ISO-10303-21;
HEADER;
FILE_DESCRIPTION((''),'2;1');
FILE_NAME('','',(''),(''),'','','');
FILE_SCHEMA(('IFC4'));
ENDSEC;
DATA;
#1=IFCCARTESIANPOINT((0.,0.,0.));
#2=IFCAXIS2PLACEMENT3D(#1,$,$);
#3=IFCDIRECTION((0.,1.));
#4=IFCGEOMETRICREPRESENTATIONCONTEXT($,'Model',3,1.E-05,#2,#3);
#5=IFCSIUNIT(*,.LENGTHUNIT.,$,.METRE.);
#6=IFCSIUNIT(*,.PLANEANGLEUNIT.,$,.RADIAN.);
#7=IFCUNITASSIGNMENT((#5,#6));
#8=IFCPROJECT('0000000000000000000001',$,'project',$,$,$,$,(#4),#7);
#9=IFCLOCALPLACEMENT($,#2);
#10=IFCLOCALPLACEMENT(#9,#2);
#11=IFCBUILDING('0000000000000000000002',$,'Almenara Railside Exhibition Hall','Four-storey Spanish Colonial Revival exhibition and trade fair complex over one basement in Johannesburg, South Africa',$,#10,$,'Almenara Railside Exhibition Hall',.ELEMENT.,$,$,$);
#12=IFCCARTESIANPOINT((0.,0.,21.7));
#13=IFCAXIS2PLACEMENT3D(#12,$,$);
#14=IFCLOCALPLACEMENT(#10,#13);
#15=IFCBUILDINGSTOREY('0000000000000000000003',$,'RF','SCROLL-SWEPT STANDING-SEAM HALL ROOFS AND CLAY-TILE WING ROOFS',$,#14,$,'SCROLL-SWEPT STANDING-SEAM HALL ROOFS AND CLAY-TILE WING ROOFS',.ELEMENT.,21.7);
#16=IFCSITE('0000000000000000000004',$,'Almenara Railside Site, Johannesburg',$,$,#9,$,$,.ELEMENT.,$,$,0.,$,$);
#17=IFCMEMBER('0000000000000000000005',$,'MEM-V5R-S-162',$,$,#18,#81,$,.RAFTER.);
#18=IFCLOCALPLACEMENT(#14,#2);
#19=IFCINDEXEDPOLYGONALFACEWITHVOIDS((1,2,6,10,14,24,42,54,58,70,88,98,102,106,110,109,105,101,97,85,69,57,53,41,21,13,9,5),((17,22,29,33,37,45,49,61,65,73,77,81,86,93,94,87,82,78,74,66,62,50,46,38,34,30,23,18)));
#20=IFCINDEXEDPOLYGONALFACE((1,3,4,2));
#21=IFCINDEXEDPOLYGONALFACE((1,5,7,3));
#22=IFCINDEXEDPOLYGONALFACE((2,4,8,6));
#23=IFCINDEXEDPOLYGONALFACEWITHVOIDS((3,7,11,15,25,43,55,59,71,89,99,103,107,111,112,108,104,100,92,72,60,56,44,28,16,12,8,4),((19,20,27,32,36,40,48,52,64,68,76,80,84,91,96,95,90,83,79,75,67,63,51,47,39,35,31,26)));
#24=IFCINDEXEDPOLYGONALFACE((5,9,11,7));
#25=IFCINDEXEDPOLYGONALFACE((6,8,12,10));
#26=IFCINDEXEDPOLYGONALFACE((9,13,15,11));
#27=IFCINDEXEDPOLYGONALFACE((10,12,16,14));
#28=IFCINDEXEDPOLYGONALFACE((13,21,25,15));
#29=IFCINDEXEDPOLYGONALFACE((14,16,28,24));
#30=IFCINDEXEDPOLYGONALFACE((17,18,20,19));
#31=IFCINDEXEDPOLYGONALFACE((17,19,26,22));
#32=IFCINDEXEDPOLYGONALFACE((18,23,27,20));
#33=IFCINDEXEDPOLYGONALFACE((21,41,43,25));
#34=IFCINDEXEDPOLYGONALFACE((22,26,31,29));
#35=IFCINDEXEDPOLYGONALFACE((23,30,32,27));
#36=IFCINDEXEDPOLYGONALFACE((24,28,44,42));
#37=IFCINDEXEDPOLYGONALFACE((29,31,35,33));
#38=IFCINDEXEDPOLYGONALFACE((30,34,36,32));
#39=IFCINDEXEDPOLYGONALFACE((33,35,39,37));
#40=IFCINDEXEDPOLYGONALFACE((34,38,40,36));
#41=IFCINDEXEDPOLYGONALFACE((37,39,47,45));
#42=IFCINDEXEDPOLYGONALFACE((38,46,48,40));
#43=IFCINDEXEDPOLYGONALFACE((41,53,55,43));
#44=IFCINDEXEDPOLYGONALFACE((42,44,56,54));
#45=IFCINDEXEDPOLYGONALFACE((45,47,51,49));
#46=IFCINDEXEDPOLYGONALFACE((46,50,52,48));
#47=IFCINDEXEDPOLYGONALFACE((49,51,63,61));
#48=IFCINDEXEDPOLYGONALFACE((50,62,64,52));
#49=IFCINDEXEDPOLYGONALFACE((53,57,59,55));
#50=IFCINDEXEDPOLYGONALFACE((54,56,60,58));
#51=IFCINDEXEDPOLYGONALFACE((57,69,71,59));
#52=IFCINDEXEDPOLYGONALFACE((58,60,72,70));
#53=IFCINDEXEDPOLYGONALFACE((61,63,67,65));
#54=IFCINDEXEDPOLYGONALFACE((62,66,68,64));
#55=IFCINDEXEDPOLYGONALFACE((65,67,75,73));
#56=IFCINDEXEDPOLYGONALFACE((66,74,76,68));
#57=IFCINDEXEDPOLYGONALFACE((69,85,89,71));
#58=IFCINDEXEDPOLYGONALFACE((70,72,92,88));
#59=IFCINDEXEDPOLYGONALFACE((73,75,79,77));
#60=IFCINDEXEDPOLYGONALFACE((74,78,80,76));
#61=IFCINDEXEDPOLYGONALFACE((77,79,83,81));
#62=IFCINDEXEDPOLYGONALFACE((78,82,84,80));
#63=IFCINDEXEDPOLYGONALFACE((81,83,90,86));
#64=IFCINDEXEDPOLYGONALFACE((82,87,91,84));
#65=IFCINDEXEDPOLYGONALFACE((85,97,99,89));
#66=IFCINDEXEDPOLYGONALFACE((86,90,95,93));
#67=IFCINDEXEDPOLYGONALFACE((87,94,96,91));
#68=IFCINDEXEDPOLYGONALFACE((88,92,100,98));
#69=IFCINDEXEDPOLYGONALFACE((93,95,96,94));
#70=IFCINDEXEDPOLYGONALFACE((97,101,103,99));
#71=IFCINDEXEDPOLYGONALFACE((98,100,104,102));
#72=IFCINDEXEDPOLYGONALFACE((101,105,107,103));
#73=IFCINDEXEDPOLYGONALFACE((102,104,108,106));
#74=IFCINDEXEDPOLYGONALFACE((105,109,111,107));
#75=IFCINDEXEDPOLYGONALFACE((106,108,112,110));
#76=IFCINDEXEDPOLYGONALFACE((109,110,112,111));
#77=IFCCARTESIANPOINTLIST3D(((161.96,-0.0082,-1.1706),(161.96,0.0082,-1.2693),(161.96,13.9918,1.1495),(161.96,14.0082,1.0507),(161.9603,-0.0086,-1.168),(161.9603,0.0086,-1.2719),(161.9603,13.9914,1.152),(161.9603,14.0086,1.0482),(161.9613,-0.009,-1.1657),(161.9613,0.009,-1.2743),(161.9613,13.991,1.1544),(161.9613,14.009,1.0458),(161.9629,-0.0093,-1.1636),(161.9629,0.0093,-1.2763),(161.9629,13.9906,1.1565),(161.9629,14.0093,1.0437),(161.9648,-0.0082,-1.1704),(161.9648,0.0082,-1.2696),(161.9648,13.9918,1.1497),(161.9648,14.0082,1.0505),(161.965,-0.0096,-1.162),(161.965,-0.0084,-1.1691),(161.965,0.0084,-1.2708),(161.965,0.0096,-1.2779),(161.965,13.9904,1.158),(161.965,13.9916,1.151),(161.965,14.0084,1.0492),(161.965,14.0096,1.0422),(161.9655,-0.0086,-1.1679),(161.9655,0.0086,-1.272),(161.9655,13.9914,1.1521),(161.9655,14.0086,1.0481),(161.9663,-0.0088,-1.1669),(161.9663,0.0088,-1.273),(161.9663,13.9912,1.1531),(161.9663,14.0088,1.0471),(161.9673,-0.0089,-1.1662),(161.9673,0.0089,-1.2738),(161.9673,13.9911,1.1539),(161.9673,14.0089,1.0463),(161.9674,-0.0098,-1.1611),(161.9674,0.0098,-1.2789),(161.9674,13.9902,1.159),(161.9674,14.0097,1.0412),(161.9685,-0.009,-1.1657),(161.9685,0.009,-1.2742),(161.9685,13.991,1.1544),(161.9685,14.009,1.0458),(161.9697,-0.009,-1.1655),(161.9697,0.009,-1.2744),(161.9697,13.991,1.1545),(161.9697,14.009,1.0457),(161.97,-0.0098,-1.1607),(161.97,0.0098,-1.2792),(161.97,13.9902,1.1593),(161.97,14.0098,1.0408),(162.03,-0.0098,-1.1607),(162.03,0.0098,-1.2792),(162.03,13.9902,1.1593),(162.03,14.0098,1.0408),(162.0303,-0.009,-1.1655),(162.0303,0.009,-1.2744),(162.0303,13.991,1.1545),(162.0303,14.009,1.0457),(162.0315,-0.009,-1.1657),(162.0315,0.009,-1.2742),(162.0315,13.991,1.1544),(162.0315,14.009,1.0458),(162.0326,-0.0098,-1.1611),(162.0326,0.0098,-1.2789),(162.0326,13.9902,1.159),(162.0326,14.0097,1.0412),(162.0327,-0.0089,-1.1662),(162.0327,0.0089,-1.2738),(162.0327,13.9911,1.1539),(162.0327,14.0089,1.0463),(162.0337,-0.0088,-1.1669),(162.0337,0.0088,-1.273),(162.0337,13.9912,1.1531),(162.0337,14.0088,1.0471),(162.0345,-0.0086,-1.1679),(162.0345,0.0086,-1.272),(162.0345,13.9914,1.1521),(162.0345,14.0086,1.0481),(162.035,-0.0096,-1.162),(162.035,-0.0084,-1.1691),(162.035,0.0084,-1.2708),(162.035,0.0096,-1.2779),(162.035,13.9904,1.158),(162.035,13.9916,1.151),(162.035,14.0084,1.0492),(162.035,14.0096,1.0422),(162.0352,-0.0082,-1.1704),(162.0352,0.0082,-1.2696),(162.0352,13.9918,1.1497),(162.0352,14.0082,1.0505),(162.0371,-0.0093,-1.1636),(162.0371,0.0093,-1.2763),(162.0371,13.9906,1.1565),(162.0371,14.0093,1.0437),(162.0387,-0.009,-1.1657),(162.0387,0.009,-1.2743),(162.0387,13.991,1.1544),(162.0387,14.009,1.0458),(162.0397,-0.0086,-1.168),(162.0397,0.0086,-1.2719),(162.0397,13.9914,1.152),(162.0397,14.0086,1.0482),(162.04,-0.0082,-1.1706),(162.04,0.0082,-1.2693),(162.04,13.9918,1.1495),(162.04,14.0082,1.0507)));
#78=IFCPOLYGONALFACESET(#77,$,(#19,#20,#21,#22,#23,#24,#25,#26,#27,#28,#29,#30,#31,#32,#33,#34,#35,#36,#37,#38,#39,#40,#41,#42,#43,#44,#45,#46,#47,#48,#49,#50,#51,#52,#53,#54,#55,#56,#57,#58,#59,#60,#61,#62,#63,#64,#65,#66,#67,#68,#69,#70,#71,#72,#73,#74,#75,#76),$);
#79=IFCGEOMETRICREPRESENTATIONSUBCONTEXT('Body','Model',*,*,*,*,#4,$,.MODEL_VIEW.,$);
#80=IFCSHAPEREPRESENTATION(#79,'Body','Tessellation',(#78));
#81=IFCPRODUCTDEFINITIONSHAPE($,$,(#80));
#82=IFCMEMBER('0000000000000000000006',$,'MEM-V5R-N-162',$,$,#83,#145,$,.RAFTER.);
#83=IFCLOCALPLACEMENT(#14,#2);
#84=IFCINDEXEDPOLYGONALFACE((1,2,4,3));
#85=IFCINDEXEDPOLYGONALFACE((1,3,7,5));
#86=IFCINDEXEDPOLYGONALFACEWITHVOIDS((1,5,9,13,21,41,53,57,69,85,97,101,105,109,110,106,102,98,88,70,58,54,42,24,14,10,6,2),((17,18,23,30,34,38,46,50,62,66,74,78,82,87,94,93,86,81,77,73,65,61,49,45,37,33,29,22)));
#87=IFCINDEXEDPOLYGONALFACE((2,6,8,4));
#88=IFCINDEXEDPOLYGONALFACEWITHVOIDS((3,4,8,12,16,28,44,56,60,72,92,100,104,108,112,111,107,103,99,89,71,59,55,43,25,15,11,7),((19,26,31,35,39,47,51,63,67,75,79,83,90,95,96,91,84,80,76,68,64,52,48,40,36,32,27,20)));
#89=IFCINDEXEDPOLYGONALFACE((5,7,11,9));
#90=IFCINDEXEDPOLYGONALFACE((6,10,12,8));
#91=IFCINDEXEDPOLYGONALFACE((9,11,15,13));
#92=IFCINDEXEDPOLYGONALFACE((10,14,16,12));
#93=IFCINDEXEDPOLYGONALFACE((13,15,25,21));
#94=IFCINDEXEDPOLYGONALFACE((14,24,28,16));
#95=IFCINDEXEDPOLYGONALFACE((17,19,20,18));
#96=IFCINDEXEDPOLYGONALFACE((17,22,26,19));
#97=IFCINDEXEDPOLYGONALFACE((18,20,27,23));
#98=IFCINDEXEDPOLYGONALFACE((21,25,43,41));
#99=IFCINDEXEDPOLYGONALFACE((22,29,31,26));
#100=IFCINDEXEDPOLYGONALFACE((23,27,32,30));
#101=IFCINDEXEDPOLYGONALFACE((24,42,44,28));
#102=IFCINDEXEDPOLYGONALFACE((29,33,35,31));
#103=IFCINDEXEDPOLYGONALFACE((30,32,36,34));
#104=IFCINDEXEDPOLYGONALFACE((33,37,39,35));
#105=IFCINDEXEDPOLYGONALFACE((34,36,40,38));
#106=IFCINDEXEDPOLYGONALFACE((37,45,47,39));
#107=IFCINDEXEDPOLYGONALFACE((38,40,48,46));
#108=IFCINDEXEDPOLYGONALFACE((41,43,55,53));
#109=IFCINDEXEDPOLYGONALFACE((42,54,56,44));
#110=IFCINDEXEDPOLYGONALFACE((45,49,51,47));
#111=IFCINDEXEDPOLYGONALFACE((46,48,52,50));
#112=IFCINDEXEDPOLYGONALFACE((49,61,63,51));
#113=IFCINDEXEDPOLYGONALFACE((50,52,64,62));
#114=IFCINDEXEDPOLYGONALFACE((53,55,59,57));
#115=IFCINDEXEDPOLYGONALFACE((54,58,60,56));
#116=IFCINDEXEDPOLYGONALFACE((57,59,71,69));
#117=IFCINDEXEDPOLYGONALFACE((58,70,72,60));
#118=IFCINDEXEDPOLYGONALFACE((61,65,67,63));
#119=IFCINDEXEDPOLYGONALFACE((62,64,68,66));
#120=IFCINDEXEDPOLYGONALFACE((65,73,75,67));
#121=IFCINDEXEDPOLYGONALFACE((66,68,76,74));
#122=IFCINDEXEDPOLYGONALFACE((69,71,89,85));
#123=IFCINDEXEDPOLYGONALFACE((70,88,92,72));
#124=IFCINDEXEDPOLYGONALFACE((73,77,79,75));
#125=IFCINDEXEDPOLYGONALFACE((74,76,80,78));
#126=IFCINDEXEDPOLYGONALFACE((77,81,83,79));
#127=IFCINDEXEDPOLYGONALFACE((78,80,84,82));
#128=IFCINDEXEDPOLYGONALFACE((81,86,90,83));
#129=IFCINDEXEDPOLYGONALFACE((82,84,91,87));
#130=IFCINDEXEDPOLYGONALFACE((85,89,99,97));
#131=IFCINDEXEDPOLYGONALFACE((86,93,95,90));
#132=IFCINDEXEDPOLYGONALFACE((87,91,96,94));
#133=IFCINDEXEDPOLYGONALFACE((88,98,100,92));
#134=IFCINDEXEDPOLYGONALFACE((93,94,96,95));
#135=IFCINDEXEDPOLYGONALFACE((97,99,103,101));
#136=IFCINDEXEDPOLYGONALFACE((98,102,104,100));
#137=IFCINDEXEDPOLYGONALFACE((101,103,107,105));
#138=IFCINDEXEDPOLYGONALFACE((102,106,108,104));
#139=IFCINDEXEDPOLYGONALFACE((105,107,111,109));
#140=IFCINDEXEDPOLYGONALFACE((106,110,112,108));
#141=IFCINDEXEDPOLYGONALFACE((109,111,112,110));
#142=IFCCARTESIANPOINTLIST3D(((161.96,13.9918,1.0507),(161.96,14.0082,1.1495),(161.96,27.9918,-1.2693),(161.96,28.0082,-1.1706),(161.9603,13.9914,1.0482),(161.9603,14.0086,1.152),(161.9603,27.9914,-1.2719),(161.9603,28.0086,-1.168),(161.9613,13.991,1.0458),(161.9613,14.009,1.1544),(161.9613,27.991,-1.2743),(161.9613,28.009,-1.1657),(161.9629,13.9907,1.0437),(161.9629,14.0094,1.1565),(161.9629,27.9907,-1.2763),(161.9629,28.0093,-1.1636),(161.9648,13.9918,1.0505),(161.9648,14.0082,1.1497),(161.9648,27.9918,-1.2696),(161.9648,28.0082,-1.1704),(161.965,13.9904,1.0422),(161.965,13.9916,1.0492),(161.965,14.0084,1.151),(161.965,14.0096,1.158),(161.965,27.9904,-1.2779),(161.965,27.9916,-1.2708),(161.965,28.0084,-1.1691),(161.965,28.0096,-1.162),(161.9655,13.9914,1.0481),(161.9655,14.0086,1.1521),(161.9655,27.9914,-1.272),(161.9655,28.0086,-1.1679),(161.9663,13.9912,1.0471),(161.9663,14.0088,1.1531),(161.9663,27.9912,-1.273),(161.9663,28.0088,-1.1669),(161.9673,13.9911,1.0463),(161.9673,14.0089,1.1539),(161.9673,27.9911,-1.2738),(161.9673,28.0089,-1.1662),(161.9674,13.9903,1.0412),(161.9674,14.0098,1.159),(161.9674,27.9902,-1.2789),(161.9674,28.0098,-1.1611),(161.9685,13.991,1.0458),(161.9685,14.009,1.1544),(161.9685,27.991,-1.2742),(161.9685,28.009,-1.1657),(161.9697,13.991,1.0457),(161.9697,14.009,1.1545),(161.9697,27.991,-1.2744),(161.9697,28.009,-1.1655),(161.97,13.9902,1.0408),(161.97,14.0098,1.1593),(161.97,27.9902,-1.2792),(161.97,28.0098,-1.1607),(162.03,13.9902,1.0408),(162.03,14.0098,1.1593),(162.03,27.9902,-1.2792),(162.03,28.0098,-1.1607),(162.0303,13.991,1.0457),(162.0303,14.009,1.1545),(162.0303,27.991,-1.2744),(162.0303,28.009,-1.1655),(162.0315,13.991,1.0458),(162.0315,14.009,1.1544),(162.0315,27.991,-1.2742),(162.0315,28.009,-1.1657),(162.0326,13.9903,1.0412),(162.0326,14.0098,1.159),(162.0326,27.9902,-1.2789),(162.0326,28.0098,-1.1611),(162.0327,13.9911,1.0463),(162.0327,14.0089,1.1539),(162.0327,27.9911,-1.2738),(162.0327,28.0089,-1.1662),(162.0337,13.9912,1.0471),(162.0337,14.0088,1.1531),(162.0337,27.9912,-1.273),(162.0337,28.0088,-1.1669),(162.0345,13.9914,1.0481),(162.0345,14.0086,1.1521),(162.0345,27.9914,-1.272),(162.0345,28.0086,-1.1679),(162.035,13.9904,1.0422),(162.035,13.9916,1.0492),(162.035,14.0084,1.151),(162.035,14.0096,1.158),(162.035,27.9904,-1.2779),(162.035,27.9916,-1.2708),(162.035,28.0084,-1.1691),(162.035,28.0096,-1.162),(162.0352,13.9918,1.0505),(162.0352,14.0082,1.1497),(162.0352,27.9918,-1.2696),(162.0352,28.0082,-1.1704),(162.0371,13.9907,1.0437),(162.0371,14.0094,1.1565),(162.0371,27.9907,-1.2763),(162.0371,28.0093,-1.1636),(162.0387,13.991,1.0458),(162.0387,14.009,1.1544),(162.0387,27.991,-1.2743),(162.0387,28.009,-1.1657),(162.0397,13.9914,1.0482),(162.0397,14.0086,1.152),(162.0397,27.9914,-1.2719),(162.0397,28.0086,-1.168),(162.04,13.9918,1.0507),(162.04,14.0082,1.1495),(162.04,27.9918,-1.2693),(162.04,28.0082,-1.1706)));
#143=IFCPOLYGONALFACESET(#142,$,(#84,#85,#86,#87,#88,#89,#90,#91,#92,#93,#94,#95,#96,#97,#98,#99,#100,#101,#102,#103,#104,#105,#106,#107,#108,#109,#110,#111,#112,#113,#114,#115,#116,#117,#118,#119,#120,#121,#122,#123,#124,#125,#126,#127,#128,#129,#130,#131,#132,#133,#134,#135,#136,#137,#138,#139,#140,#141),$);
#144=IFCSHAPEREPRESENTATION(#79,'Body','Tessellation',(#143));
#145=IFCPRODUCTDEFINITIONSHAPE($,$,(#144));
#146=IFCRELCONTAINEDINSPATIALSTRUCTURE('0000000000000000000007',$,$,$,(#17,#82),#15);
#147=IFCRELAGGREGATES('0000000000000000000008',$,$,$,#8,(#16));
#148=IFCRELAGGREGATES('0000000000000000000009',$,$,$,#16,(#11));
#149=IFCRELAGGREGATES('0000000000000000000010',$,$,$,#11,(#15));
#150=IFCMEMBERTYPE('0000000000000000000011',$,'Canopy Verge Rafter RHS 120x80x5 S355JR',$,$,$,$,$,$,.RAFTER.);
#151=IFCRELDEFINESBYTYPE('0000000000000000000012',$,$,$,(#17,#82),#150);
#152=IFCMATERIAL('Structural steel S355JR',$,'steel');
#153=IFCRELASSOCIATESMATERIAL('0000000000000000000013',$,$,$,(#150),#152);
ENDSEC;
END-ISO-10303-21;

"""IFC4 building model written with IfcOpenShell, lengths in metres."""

from ifc_helpers import new_model, si_unit, direction, frame, origin, origin_2d, place, context, subcontext, project, spatial, hollow_rectangle, extrude, material, material_profile, profile_set, type_object, element, save


model = new_model("IFC4")

# Units and contexts
model_context = context("Model", 3, precision=1e-05, world=origin(), true_north=direction((0.0, 1.0)))
body_context = subcontext(model_context, "Body", "Model", "MODEL_VIEW")
ifc_project = project(units=[si_unit("LENGTHUNIT", "METRE"), si_unit("PLANEANGLEUNIT", "RADIAN")], contexts=[model_context])

# Site, building, storey
site_placement = place(None, origin())
site = spatial("IfcSite", under=ifc_project, at=site_placement, Name="Almenara Railside Site, Johannesburg", CompositionType="ELEMENT", RefElevation=0.0)
building_placement = place(site_placement, origin())
building = spatial("IfcBuilding", under=site, at=building_placement, Name="Almenara Railside Exhibition Hall", Description="Four-storey Spanish Colonial Revival exhibition and trade fair complex over one basement in Johannesburg, South Africa", LongName="Almenara Railside Exhibition Hall", CompositionType="ELEMENT")
storey_placement = place(building_placement, frame((0.0, 0.0, 21.7)))
storey = spatial("IfcBuildingStorey", under=building, at=storey_placement, Name="RF", Description="SCROLL-SWEPT STANDING-SEAM HALL ROOFS AND CLAY-TILE WING ROOFS", LongName="SCROLL-SWEPT STANDING-SEAM HALL ROOFS AND CLAY-TILE WING ROOFS", CompositionType="ELEMENT", Elevation=21.7)

# Members
ifc_material_1 = material(Name="Structural steel S355JR", Category="steel")
ifc_material_profile_1 = material_profile(ifc_material_1, hollow_rectangle(XDim=0.0801, YDim=0.1201, WallThickness=0.0049, InnerFilletRadius=0.0049, OuterFilletRadius=0.01, at=origin_2d()), Name="RHS 120x80x5")
ifc_profile_set_1 = profile_set([ifc_material_profile_1], Name="Structural steel S355JR")
member_type_1 = type_object("IfcMemberType", Name="Canopy Verge Rafter RHS 120x80x5 S355JR", PredefinedType="RAFTER", material=ifc_profile_set_1)
for number, where, z_axis, x_axis, name in (
    (1, (162.0, 0.0, -1.22), (0.0, 0.986545, 0.163489), (-1.0, 0.0, 0.0), "MEM-V5R-S-162"),
    (2, (162.0, 28.0, -1.22), (0.0, -0.986545, 0.163489), (1.0, 0.0, 0.0), "MEM-V5R-N-162"),
):
    element("IfcMember", number, at=place(storey_placement, frame(where, z_axis=z_axis, x_axis=x_axis)), inside=storey, type_object=member_type_1, Name=name, PredefinedType="RAFTER", context=body_context, shape_type="SweptSolid", body=[
        extrude(hollow_rectangle(XDim=0.0801, YDim=0.1201, WallThickness=0.0049, InnerFilletRadius=0.0049, OuterFilletRadius=0.01, at=origin_2d()), origin(), (0.0, 0.0, 1.0), 14.1909),
    ])

save(model, "model.ifc")
